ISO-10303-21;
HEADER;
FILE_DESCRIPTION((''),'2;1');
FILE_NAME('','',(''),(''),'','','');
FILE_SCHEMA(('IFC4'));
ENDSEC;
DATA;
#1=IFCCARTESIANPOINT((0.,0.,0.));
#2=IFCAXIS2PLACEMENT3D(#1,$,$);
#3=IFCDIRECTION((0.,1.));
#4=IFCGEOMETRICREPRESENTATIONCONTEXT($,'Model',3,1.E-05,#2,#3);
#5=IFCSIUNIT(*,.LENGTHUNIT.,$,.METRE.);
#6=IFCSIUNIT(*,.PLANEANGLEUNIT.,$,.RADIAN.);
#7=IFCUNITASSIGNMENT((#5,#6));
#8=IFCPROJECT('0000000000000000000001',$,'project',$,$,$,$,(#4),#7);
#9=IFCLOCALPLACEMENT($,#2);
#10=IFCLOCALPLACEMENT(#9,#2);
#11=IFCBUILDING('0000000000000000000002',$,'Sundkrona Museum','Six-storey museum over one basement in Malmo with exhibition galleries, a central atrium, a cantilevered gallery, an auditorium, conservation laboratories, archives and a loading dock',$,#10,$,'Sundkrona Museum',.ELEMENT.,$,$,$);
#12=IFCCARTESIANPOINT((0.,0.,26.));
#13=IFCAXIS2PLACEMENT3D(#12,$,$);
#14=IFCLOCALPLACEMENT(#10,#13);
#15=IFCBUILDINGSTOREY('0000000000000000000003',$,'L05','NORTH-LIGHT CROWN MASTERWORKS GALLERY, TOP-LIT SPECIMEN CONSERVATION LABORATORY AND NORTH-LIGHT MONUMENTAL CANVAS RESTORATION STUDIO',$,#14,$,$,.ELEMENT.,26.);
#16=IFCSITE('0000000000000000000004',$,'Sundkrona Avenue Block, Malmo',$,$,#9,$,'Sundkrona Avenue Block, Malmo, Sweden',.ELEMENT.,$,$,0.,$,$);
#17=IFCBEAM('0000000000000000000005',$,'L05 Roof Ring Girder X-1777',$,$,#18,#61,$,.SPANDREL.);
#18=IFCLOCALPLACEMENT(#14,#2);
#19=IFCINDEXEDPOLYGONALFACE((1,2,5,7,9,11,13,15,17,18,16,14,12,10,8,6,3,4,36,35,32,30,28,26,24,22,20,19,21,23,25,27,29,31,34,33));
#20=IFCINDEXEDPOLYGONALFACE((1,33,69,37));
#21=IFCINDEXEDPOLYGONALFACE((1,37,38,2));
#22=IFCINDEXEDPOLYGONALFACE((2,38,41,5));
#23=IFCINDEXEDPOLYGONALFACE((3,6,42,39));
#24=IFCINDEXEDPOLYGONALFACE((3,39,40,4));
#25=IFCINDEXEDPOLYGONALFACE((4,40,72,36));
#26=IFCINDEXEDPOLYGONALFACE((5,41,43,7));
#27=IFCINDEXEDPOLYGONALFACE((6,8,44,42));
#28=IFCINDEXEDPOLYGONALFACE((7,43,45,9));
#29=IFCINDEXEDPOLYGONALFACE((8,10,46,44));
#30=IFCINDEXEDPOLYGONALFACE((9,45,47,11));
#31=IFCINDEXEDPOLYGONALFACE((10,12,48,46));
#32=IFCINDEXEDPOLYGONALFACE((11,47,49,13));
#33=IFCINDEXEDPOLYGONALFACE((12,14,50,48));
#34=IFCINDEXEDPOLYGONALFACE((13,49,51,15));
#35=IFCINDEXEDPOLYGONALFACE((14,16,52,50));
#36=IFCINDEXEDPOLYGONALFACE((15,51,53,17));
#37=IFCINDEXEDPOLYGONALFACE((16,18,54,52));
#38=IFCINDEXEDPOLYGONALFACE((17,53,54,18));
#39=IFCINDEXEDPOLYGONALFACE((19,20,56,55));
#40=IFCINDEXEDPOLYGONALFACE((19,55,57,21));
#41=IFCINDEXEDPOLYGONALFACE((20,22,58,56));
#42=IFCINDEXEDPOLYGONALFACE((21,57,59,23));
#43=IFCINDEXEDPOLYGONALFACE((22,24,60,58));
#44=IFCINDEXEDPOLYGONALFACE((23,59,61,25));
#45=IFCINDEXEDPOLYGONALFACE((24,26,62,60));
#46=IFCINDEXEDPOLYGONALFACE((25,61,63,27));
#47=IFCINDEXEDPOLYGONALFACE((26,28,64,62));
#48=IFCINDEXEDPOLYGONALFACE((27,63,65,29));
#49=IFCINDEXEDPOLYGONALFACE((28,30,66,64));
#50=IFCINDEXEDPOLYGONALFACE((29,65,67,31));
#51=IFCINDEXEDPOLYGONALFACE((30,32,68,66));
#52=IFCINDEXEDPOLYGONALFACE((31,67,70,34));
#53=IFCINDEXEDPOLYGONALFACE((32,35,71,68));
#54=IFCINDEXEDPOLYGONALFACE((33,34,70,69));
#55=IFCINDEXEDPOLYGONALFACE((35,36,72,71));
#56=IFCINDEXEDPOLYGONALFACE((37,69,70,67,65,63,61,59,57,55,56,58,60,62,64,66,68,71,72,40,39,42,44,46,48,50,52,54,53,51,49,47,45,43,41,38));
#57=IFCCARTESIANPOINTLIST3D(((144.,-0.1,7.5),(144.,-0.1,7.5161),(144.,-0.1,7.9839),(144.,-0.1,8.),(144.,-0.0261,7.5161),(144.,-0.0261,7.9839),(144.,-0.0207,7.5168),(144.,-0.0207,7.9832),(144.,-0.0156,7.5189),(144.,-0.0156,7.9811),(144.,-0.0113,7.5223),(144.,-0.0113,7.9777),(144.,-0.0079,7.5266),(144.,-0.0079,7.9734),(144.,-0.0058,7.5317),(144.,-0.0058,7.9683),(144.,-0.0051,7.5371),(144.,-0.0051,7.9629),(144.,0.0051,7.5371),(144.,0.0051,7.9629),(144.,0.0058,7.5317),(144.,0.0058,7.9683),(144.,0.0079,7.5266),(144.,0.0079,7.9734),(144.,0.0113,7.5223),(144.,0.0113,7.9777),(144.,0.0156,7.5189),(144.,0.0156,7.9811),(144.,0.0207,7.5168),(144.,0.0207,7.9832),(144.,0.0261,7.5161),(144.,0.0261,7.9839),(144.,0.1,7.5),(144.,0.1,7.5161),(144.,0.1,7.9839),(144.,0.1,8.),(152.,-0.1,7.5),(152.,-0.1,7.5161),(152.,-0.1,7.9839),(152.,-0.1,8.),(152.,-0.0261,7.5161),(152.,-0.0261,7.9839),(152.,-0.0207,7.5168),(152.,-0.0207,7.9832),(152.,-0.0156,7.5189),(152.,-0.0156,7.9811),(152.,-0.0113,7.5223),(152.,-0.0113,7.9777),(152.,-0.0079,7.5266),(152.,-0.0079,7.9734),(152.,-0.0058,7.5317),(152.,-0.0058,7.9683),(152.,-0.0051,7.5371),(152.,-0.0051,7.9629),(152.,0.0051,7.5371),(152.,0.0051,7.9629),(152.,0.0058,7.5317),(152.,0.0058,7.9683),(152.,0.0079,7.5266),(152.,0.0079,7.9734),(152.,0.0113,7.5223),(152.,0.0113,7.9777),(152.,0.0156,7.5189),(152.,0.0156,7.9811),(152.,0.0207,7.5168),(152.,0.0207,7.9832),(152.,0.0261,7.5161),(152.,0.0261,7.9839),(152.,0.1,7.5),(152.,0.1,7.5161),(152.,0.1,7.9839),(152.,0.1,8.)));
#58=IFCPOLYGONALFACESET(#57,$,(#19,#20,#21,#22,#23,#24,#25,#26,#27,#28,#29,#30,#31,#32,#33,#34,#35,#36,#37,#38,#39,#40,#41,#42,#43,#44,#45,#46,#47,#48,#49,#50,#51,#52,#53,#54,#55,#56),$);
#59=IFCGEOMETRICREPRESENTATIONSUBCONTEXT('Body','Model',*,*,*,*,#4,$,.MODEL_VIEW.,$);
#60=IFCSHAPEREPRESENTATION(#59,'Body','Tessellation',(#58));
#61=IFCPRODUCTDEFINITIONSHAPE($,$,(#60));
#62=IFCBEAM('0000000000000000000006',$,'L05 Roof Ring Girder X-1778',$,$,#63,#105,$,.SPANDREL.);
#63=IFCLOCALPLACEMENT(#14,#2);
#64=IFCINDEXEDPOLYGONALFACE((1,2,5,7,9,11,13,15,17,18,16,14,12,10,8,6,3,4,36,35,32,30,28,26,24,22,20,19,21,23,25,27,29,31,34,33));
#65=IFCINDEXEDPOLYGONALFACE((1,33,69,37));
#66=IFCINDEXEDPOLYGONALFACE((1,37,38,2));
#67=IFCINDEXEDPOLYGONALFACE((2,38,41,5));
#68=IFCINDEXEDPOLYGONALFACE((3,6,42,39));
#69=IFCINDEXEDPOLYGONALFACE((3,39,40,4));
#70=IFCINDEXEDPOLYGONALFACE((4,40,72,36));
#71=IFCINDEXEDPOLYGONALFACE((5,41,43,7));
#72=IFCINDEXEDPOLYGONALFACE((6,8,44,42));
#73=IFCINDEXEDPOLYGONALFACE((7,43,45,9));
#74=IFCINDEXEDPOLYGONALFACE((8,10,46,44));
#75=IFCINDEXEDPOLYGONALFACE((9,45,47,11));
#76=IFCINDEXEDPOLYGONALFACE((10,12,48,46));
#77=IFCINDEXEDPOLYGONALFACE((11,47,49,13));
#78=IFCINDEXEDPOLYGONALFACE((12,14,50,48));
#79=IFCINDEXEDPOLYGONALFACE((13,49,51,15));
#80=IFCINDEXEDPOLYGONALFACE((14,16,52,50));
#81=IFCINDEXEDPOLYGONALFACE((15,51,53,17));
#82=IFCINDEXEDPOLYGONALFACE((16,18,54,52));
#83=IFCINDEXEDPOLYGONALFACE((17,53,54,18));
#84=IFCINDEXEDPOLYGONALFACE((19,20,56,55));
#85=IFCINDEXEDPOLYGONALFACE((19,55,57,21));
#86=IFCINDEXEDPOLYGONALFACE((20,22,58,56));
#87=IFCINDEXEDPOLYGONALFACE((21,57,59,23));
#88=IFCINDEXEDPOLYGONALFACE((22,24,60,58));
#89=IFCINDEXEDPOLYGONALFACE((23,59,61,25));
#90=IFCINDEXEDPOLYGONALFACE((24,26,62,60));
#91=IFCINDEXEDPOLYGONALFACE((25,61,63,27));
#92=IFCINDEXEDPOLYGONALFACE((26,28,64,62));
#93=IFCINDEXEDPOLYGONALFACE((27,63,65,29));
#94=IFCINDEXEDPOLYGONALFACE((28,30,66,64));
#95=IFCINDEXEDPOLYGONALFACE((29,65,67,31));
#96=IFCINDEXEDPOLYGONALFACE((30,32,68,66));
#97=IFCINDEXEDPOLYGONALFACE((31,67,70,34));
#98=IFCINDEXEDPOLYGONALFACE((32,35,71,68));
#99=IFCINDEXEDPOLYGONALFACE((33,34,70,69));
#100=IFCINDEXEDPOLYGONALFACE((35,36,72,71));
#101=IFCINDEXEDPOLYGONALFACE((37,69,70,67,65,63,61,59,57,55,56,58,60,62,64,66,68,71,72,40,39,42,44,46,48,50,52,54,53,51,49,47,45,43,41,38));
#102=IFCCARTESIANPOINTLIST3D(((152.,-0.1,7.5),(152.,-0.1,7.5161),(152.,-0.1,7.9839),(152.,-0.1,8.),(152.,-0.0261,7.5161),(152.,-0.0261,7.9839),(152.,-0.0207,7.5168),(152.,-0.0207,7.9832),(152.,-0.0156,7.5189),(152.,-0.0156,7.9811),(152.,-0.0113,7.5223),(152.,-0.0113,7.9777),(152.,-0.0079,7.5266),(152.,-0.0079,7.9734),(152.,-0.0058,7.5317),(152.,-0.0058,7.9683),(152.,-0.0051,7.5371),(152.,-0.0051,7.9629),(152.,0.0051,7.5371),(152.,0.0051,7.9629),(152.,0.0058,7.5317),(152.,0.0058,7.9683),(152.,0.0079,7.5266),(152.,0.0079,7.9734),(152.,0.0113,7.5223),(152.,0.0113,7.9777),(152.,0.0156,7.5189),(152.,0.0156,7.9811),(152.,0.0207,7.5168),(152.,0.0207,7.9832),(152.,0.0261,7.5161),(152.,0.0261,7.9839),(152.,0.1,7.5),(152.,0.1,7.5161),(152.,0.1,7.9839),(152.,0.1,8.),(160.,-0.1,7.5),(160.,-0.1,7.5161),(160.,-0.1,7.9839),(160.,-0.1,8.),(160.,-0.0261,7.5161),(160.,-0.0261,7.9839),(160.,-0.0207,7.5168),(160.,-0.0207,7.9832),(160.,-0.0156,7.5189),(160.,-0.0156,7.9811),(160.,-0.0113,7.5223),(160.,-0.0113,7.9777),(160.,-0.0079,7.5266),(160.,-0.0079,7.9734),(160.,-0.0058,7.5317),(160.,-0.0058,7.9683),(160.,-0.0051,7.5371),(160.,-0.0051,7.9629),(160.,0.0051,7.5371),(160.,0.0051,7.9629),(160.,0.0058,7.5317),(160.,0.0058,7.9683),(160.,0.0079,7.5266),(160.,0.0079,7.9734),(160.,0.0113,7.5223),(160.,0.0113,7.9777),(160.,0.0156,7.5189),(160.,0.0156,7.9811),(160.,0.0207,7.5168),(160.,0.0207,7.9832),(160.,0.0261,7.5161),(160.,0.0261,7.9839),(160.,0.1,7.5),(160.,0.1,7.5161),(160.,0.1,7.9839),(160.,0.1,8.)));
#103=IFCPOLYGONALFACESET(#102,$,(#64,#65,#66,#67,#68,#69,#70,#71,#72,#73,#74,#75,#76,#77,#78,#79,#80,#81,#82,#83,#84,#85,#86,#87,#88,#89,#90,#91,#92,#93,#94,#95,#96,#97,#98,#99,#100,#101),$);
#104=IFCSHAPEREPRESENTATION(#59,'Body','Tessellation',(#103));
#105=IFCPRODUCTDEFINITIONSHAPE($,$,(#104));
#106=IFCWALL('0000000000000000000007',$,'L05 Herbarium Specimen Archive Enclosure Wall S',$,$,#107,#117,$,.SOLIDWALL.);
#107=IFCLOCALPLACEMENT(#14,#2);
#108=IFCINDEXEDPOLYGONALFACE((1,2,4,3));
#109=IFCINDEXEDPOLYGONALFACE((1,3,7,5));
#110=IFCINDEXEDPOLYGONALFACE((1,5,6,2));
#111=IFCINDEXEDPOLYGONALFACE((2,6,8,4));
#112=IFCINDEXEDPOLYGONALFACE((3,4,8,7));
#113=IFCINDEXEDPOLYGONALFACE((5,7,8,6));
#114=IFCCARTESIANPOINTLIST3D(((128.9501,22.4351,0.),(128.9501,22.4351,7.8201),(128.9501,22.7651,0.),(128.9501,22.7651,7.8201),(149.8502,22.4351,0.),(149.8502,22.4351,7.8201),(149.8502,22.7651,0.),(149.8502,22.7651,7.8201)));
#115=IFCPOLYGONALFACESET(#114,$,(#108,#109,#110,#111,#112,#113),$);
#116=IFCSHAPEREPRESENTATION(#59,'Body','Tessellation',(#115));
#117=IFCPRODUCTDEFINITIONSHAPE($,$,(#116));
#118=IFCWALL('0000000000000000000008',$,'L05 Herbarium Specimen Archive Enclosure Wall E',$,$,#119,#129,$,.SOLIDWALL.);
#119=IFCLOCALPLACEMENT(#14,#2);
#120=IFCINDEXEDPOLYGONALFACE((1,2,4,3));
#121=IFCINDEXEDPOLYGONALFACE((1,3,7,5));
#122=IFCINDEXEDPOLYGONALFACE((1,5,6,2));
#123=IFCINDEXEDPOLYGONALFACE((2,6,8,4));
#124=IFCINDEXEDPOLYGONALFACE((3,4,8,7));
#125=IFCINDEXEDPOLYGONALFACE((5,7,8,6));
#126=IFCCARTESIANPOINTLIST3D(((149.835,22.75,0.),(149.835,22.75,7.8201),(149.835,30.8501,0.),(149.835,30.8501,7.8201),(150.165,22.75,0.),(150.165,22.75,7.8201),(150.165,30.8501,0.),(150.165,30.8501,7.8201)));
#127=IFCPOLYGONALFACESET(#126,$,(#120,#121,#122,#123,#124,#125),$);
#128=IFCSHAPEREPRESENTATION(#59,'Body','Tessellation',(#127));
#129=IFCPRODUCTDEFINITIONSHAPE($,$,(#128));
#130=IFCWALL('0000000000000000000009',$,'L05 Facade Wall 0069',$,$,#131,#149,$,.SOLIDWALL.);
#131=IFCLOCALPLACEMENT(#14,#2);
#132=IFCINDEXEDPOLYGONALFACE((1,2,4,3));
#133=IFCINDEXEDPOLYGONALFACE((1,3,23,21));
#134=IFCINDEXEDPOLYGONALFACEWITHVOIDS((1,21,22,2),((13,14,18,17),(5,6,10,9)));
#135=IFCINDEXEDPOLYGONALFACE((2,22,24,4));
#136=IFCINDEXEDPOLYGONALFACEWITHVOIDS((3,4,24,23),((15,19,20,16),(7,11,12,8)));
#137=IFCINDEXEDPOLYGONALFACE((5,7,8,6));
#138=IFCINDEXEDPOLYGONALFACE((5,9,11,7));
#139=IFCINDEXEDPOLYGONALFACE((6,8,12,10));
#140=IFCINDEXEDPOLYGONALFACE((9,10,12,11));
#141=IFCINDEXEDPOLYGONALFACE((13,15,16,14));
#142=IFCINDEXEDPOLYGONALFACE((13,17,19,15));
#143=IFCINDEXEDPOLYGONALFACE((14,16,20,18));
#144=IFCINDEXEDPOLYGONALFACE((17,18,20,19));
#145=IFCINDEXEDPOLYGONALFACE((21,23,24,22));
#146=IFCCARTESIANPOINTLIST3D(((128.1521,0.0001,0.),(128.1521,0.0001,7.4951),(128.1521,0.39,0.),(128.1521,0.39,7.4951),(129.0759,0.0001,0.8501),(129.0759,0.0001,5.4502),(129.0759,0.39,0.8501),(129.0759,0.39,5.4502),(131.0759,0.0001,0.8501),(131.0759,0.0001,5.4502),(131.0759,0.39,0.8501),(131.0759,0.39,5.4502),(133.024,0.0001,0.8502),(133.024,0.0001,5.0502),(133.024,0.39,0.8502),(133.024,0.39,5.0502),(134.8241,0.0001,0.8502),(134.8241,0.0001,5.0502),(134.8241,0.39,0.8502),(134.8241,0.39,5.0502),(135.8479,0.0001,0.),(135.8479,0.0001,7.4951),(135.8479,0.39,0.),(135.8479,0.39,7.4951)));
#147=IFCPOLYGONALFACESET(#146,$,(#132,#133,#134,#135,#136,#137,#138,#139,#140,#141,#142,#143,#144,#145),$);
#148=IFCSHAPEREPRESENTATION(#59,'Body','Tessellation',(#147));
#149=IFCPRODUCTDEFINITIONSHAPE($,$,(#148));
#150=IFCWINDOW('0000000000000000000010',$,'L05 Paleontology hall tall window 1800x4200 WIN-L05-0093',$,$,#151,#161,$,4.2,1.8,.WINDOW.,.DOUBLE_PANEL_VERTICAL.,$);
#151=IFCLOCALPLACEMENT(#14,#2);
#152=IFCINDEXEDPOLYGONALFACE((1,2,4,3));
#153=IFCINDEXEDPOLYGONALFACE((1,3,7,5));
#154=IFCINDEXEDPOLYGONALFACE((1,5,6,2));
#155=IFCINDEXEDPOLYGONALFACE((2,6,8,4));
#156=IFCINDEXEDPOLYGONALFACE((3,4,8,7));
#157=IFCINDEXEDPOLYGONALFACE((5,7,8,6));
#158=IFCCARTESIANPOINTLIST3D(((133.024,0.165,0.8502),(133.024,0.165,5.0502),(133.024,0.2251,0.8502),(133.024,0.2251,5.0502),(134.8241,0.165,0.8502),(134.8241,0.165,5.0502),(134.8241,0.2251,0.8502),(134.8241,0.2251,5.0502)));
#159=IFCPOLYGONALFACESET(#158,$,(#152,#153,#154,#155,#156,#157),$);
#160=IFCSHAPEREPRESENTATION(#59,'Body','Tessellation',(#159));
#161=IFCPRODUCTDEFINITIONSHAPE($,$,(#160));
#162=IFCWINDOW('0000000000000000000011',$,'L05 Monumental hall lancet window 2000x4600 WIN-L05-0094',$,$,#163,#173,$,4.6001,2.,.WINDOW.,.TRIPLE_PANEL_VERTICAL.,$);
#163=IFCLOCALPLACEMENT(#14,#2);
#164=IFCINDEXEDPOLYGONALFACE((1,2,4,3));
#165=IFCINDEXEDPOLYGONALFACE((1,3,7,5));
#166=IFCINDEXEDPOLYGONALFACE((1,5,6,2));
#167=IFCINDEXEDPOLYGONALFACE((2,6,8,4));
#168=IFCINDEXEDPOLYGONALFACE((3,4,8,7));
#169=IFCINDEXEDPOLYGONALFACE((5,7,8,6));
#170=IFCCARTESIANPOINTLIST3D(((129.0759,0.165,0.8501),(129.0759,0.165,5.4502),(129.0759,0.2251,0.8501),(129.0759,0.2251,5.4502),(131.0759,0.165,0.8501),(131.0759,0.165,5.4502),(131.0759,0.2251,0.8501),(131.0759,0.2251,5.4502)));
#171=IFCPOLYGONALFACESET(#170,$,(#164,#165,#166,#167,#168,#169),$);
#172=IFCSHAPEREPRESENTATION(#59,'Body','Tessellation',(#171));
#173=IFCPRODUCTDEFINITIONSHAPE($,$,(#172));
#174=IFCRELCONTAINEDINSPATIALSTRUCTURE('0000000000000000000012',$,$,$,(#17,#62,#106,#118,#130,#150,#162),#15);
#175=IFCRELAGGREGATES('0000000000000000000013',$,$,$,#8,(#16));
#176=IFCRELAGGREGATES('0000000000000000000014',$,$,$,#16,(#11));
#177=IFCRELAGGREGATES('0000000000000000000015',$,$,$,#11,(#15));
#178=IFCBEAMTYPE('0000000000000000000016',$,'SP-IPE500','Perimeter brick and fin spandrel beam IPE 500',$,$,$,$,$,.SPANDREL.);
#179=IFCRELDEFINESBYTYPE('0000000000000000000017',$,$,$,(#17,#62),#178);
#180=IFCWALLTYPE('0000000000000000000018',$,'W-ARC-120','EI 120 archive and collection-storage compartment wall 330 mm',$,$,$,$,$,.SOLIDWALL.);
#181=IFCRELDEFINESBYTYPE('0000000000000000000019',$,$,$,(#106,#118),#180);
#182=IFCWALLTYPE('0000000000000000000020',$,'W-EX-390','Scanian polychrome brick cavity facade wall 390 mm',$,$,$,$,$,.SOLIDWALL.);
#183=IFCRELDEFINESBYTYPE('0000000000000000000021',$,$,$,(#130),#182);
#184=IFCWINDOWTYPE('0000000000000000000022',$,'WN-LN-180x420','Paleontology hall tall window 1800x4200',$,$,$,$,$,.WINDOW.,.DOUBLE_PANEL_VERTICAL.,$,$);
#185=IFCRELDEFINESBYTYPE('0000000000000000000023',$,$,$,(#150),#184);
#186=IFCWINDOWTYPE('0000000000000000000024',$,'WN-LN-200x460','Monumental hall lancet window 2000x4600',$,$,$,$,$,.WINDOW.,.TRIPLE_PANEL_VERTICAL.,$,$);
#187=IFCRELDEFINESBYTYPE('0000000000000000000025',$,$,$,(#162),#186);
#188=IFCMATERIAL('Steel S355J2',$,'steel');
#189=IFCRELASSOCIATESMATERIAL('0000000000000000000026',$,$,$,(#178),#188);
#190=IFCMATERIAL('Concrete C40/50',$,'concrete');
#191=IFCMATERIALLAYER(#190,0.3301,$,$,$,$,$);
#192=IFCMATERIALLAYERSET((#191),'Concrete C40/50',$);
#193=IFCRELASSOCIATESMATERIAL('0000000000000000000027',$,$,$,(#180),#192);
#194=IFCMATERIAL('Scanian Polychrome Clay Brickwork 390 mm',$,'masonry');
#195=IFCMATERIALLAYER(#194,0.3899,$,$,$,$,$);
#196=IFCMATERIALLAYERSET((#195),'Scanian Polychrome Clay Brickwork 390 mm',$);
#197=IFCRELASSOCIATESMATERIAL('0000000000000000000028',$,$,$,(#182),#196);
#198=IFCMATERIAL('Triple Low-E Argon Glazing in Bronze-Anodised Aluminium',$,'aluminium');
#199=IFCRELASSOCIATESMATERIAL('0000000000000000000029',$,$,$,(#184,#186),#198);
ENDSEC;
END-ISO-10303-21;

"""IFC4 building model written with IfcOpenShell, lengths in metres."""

from ifc_helpers import new_model, si_unit, direction, frame, frame_2d, origin, origin_2d, place, context, subcontext, project, spatial, rectangle, i_section, extrude, material, layer, layer_set, material_profile, profile_set, type_object, element, fill, save


model = new_model("IFC4")

# Units and contexts
model_context = context("Model", 3, precision=1e-05, world=origin(), true_north=direction((0.0, 1.0)))
body_context = subcontext(model_context, "Body", "Model", "MODEL_VIEW")
ifc_project = project(units=[si_unit("LENGTHUNIT", "METRE"), si_unit("PLANEANGLEUNIT", "RADIAN")], contexts=[model_context])

# Site, building, storey
site_placement = place(None, origin())
site = spatial("IfcSite", under=ifc_project, at=site_placement, Name="Sundkrona Avenue Block, Malmo", LongName="Sundkrona Avenue Block, Malmo, Sweden", CompositionType="ELEMENT", RefElevation=0.0)
building_placement = place(site_placement, origin())
building = spatial("IfcBuilding", under=site, at=building_placement, Name="Sundkrona Museum", Description="Six-storey museum over one basement in Malmo with exhibition galleries, a central atrium, a cantilevered gallery, an auditorium, conservation laboratories, archives and a loading dock", LongName="Sundkrona Museum", CompositionType="ELEMENT")
storey_placement = place(building_placement, frame((0.0, 0.0, 26.0)))
storey = spatial("IfcBuildingStorey", under=building, at=storey_placement, Name="L05", Description="NORTH-LIGHT CROWN MASTERWORKS GALLERY, TOP-LIT SPECIMEN CONSERVATION LABORATORY AND NORTH-LIGHT MONUMENTAL CANVAS RESTORATION STUDIO", CompositionType="ELEMENT", Elevation=26.0)

# Shared definitions
ifc_material_1 = material(Name="Steel S355J2", Category="steel")

# Beams
ifc_material_profile_1 = material_profile(ifc_material_1, i_section(OverallWidth=0.2, OverallDepth=0.5, WebThickness=0.0103, FlangeThickness=0.0161, FilletRadius=0.021, at=origin_2d()), Name="IPE 500")
ifc_profile_set_1 = profile_set([ifc_material_profile_1], Name="Steel S355J2")
beam_type = type_object("IfcBeamType", Name="SP-IPE500", Description="Perimeter brick and fin spandrel beam IPE 500", PredefinedType="SPANDREL", material=ifc_profile_set_1)
for number, where, z_axis, x_axis, name in (
    (1, (144.0, 0.0, 7.75), (1.0, 0.0, 0.0), (0.0, 1.0, 0.0), "L05 Roof Ring Girder X-1777"),
    (2, (152.0, 0.0, 7.75), (1.0, 0.0, 0.0), (0.0, 1.0, 0.0), "L05 Roof Ring Girder X-1778"),
):
    element("IfcBeam", number, at=place(storey_placement, frame(where, z_axis=z_axis, x_axis=x_axis)), inside=storey, type_object=beam_type, Name=name, PredefinedType="SPANDREL", context=body_context, shape_type="SweptSolid", body=[
        extrude(i_section(OverallWidth=0.2, OverallDepth=0.5, WebThickness=0.0103, FlangeThickness=0.0161, FilletRadius=0.021, at=origin_2d()), origin(), (0.0, 0.0, 1.0), 8.0),
    ])

# Walls
ifc_material_2 = material(Name="Concrete C40/50", Category="concrete")
ifc_layer_1 = layer(ifc_material_2, 0.3301)
ifc_layer_set_1 = layer_set([ifc_layer_1], Name="Concrete C40/50")
wall_type_1 = type_object("IfcWallType", Name="W-ARC-120", Description="EI 120 archive and collection-storage compartment wall 330 mm", PredefinedType="SOLIDWALL", material=ifc_layer_set_1)
wall_1_placement = place(storey_placement, frame((128.95, 22.6001, 0.0), z_axis=(0.0, 0.0, 1.0), x_axis=(1.0, 0.0, 0.0)))
element("IfcWall", 3, at=wall_1_placement, inside=storey, type_object=wall_type_1, Name="L05 Herbarium Specimen Archive Enclosure Wall S", PredefinedType="SOLIDWALL", context=body_context, shape_type="SweptSolid", body=[
    extrude(rectangle(XDim=20.9001, YDim=0.3301, at=frame_2d((10.4502, 0.0))), origin(), (0.0, 0.0, 1.0), 7.8201),
])
wall_2_placement = place(storey_placement, frame((150.0, 22.75, 0.0), z_axis=(0.0, 0.0, 1.0), x_axis=(0.0, 1.0, 0.0)))
element("IfcWall", 4, at=wall_2_placement, inside=storey, type_object=wall_type_1, Name="L05 Herbarium Specimen Archive Enclosure Wall E", PredefinedType="SOLIDWALL", context=body_context, shape_type="SweptSolid", body=[
    extrude(rectangle(XDim=8.1001, YDim=0.3301, at=frame_2d((4.05, 0.0))), origin(), (0.0, 0.0, 1.0), 7.8201),
])

# Wall, openings, windows
ifc_material_3 = material(Name="Scanian Polychrome Clay Brickwork 390 mm", Category="masonry")
ifc_layer_2 = layer(ifc_material_3, 0.3899)
ifc_layer_set_2 = layer_set([ifc_layer_2], Name="Scanian Polychrome Clay Brickwork 390 mm")
wall_type_2 = type_object("IfcWallType", Name="W-EX-390", Description="Scanian polychrome brick cavity facade wall 390 mm", PredefinedType="SOLIDWALL", material=ifc_layer_set_2)
wall_3_placement = place(storey_placement, frame((135.8479, 0.1951, 0.0), z_axis=(0.0, 0.0, 1.0), x_axis=(-1.0, 0.0, 0.0)))
wall_3 = element("IfcWall", 5, at=wall_3_placement, inside=storey, type_object=wall_type_2, Name="L05 Facade Wall 0069", PredefinedType="SOLIDWALL", context=body_context, shape_type="SweptSolid", body=[
    extrude(rectangle(XDim=7.6958, YDim=0.3899, at=frame_2d((3.8479, 0.0))), origin(), (0.0, 0.0, 1.0), 7.4951),
])
opening_1_placement = place(wall_3_placement, frame((1.0239, 0.0, 0.8501)))
opening_1 = element("IfcOpeningElement", 6, at=opening_1_placement, cuts=wall_3, PredefinedType="OPENING", context=body_context, shape_type="SweptSolid", body=[
    extrude(rectangle(XDim=1.8, YDim=4.2, at=frame_2d((0.8999, 2.1001))), frame((0.0, 0.2048, 0.0), z_axis=(0.0, -1.0, 0.0), x_axis=(1.0, 0.0, 0.0)), (0.0, 0.0, 1.0), 0.4099),
])
opening_2_placement = place(wall_3_placement, frame((4.772, 0.0, 0.8501)))
opening_2 = element("IfcOpeningElement", 7, at=opening_2_placement, cuts=wall_3, PredefinedType="OPENING", context=body_context, shape_type="SweptSolid", body=[
    extrude(rectangle(XDim=2.0, YDim=4.6001, at=frame_2d((1.0, 2.3))), frame((0.0, 0.2048, 0.0), z_axis=(0.0, -1.0, 0.0), x_axis=(1.0, 0.0, 0.0)), (0.0, 0.0, 1.0), 0.4099),
])
ifc_material_4 = material(Name="Triple Low-E Argon Glazing in Bronze-Anodised Aluminium", Category="aluminium")
window_type_1 = type_object("IfcWindowType", Name="WN-LN-180x420", Description="Paleontology hall tall window 1800x4200", PartitioningType="DOUBLE_PANEL_VERTICAL", PredefinedType="WINDOW", material=ifc_material_4)
window_1_placement = place(opening_1_placement, origin())
window_1 = element("IfcWindow", 8, at=window_1_placement, inside=storey, type_object=window_type_1, Name="L05 Paleontology hall tall window 1800x4200 WIN-L05-0093", OverallHeight=4.2, OverallWidth=1.8, PartitioningType="DOUBLE_PANEL_VERTICAL", PredefinedType="WINDOW", context=body_context, shape_type="SweptSolid", body=[
    extrude(rectangle(XDim=1.8, YDim=4.2, at=frame_2d((0.8999, 2.1001))), frame((0.0, 0.03, 0.0), z_axis=(0.0, -1.0, 0.0), x_axis=(1.0, 0.0, 0.0)), (0.0, 0.0, 1.0), 0.0601),
])
fill(opening_1, window_1)
window_type_2 = type_object("IfcWindowType", Name="WN-LN-200x460", Description="Monumental hall lancet window 2000x4600", PartitioningType="TRIPLE_PANEL_VERTICAL", PredefinedType="WINDOW", material=ifc_material_4)
window_2_placement = place(opening_2_placement, origin())
window_2 = element("IfcWindow", 9, at=window_2_placement, inside=storey, type_object=window_type_2, Name="L05 Monumental hall lancet window 2000x4600 WIN-L05-0094", OverallHeight=4.6001, OverallWidth=2.0, PartitioningType="TRIPLE_PANEL_VERTICAL", PredefinedType="WINDOW", context=body_context, shape_type="SweptSolid", body=[
    extrude(rectangle(XDim=2.0, YDim=4.6001, at=frame_2d((1.0, 2.3))), frame((0.0, 0.03, 0.0), z_axis=(0.0, -1.0, 0.0), x_axis=(1.0, 0.0, 0.0)), (0.0, 0.0, 1.0), 0.0601),
])
fill(opening_2, window_2)

save(model, "model.ifc")
